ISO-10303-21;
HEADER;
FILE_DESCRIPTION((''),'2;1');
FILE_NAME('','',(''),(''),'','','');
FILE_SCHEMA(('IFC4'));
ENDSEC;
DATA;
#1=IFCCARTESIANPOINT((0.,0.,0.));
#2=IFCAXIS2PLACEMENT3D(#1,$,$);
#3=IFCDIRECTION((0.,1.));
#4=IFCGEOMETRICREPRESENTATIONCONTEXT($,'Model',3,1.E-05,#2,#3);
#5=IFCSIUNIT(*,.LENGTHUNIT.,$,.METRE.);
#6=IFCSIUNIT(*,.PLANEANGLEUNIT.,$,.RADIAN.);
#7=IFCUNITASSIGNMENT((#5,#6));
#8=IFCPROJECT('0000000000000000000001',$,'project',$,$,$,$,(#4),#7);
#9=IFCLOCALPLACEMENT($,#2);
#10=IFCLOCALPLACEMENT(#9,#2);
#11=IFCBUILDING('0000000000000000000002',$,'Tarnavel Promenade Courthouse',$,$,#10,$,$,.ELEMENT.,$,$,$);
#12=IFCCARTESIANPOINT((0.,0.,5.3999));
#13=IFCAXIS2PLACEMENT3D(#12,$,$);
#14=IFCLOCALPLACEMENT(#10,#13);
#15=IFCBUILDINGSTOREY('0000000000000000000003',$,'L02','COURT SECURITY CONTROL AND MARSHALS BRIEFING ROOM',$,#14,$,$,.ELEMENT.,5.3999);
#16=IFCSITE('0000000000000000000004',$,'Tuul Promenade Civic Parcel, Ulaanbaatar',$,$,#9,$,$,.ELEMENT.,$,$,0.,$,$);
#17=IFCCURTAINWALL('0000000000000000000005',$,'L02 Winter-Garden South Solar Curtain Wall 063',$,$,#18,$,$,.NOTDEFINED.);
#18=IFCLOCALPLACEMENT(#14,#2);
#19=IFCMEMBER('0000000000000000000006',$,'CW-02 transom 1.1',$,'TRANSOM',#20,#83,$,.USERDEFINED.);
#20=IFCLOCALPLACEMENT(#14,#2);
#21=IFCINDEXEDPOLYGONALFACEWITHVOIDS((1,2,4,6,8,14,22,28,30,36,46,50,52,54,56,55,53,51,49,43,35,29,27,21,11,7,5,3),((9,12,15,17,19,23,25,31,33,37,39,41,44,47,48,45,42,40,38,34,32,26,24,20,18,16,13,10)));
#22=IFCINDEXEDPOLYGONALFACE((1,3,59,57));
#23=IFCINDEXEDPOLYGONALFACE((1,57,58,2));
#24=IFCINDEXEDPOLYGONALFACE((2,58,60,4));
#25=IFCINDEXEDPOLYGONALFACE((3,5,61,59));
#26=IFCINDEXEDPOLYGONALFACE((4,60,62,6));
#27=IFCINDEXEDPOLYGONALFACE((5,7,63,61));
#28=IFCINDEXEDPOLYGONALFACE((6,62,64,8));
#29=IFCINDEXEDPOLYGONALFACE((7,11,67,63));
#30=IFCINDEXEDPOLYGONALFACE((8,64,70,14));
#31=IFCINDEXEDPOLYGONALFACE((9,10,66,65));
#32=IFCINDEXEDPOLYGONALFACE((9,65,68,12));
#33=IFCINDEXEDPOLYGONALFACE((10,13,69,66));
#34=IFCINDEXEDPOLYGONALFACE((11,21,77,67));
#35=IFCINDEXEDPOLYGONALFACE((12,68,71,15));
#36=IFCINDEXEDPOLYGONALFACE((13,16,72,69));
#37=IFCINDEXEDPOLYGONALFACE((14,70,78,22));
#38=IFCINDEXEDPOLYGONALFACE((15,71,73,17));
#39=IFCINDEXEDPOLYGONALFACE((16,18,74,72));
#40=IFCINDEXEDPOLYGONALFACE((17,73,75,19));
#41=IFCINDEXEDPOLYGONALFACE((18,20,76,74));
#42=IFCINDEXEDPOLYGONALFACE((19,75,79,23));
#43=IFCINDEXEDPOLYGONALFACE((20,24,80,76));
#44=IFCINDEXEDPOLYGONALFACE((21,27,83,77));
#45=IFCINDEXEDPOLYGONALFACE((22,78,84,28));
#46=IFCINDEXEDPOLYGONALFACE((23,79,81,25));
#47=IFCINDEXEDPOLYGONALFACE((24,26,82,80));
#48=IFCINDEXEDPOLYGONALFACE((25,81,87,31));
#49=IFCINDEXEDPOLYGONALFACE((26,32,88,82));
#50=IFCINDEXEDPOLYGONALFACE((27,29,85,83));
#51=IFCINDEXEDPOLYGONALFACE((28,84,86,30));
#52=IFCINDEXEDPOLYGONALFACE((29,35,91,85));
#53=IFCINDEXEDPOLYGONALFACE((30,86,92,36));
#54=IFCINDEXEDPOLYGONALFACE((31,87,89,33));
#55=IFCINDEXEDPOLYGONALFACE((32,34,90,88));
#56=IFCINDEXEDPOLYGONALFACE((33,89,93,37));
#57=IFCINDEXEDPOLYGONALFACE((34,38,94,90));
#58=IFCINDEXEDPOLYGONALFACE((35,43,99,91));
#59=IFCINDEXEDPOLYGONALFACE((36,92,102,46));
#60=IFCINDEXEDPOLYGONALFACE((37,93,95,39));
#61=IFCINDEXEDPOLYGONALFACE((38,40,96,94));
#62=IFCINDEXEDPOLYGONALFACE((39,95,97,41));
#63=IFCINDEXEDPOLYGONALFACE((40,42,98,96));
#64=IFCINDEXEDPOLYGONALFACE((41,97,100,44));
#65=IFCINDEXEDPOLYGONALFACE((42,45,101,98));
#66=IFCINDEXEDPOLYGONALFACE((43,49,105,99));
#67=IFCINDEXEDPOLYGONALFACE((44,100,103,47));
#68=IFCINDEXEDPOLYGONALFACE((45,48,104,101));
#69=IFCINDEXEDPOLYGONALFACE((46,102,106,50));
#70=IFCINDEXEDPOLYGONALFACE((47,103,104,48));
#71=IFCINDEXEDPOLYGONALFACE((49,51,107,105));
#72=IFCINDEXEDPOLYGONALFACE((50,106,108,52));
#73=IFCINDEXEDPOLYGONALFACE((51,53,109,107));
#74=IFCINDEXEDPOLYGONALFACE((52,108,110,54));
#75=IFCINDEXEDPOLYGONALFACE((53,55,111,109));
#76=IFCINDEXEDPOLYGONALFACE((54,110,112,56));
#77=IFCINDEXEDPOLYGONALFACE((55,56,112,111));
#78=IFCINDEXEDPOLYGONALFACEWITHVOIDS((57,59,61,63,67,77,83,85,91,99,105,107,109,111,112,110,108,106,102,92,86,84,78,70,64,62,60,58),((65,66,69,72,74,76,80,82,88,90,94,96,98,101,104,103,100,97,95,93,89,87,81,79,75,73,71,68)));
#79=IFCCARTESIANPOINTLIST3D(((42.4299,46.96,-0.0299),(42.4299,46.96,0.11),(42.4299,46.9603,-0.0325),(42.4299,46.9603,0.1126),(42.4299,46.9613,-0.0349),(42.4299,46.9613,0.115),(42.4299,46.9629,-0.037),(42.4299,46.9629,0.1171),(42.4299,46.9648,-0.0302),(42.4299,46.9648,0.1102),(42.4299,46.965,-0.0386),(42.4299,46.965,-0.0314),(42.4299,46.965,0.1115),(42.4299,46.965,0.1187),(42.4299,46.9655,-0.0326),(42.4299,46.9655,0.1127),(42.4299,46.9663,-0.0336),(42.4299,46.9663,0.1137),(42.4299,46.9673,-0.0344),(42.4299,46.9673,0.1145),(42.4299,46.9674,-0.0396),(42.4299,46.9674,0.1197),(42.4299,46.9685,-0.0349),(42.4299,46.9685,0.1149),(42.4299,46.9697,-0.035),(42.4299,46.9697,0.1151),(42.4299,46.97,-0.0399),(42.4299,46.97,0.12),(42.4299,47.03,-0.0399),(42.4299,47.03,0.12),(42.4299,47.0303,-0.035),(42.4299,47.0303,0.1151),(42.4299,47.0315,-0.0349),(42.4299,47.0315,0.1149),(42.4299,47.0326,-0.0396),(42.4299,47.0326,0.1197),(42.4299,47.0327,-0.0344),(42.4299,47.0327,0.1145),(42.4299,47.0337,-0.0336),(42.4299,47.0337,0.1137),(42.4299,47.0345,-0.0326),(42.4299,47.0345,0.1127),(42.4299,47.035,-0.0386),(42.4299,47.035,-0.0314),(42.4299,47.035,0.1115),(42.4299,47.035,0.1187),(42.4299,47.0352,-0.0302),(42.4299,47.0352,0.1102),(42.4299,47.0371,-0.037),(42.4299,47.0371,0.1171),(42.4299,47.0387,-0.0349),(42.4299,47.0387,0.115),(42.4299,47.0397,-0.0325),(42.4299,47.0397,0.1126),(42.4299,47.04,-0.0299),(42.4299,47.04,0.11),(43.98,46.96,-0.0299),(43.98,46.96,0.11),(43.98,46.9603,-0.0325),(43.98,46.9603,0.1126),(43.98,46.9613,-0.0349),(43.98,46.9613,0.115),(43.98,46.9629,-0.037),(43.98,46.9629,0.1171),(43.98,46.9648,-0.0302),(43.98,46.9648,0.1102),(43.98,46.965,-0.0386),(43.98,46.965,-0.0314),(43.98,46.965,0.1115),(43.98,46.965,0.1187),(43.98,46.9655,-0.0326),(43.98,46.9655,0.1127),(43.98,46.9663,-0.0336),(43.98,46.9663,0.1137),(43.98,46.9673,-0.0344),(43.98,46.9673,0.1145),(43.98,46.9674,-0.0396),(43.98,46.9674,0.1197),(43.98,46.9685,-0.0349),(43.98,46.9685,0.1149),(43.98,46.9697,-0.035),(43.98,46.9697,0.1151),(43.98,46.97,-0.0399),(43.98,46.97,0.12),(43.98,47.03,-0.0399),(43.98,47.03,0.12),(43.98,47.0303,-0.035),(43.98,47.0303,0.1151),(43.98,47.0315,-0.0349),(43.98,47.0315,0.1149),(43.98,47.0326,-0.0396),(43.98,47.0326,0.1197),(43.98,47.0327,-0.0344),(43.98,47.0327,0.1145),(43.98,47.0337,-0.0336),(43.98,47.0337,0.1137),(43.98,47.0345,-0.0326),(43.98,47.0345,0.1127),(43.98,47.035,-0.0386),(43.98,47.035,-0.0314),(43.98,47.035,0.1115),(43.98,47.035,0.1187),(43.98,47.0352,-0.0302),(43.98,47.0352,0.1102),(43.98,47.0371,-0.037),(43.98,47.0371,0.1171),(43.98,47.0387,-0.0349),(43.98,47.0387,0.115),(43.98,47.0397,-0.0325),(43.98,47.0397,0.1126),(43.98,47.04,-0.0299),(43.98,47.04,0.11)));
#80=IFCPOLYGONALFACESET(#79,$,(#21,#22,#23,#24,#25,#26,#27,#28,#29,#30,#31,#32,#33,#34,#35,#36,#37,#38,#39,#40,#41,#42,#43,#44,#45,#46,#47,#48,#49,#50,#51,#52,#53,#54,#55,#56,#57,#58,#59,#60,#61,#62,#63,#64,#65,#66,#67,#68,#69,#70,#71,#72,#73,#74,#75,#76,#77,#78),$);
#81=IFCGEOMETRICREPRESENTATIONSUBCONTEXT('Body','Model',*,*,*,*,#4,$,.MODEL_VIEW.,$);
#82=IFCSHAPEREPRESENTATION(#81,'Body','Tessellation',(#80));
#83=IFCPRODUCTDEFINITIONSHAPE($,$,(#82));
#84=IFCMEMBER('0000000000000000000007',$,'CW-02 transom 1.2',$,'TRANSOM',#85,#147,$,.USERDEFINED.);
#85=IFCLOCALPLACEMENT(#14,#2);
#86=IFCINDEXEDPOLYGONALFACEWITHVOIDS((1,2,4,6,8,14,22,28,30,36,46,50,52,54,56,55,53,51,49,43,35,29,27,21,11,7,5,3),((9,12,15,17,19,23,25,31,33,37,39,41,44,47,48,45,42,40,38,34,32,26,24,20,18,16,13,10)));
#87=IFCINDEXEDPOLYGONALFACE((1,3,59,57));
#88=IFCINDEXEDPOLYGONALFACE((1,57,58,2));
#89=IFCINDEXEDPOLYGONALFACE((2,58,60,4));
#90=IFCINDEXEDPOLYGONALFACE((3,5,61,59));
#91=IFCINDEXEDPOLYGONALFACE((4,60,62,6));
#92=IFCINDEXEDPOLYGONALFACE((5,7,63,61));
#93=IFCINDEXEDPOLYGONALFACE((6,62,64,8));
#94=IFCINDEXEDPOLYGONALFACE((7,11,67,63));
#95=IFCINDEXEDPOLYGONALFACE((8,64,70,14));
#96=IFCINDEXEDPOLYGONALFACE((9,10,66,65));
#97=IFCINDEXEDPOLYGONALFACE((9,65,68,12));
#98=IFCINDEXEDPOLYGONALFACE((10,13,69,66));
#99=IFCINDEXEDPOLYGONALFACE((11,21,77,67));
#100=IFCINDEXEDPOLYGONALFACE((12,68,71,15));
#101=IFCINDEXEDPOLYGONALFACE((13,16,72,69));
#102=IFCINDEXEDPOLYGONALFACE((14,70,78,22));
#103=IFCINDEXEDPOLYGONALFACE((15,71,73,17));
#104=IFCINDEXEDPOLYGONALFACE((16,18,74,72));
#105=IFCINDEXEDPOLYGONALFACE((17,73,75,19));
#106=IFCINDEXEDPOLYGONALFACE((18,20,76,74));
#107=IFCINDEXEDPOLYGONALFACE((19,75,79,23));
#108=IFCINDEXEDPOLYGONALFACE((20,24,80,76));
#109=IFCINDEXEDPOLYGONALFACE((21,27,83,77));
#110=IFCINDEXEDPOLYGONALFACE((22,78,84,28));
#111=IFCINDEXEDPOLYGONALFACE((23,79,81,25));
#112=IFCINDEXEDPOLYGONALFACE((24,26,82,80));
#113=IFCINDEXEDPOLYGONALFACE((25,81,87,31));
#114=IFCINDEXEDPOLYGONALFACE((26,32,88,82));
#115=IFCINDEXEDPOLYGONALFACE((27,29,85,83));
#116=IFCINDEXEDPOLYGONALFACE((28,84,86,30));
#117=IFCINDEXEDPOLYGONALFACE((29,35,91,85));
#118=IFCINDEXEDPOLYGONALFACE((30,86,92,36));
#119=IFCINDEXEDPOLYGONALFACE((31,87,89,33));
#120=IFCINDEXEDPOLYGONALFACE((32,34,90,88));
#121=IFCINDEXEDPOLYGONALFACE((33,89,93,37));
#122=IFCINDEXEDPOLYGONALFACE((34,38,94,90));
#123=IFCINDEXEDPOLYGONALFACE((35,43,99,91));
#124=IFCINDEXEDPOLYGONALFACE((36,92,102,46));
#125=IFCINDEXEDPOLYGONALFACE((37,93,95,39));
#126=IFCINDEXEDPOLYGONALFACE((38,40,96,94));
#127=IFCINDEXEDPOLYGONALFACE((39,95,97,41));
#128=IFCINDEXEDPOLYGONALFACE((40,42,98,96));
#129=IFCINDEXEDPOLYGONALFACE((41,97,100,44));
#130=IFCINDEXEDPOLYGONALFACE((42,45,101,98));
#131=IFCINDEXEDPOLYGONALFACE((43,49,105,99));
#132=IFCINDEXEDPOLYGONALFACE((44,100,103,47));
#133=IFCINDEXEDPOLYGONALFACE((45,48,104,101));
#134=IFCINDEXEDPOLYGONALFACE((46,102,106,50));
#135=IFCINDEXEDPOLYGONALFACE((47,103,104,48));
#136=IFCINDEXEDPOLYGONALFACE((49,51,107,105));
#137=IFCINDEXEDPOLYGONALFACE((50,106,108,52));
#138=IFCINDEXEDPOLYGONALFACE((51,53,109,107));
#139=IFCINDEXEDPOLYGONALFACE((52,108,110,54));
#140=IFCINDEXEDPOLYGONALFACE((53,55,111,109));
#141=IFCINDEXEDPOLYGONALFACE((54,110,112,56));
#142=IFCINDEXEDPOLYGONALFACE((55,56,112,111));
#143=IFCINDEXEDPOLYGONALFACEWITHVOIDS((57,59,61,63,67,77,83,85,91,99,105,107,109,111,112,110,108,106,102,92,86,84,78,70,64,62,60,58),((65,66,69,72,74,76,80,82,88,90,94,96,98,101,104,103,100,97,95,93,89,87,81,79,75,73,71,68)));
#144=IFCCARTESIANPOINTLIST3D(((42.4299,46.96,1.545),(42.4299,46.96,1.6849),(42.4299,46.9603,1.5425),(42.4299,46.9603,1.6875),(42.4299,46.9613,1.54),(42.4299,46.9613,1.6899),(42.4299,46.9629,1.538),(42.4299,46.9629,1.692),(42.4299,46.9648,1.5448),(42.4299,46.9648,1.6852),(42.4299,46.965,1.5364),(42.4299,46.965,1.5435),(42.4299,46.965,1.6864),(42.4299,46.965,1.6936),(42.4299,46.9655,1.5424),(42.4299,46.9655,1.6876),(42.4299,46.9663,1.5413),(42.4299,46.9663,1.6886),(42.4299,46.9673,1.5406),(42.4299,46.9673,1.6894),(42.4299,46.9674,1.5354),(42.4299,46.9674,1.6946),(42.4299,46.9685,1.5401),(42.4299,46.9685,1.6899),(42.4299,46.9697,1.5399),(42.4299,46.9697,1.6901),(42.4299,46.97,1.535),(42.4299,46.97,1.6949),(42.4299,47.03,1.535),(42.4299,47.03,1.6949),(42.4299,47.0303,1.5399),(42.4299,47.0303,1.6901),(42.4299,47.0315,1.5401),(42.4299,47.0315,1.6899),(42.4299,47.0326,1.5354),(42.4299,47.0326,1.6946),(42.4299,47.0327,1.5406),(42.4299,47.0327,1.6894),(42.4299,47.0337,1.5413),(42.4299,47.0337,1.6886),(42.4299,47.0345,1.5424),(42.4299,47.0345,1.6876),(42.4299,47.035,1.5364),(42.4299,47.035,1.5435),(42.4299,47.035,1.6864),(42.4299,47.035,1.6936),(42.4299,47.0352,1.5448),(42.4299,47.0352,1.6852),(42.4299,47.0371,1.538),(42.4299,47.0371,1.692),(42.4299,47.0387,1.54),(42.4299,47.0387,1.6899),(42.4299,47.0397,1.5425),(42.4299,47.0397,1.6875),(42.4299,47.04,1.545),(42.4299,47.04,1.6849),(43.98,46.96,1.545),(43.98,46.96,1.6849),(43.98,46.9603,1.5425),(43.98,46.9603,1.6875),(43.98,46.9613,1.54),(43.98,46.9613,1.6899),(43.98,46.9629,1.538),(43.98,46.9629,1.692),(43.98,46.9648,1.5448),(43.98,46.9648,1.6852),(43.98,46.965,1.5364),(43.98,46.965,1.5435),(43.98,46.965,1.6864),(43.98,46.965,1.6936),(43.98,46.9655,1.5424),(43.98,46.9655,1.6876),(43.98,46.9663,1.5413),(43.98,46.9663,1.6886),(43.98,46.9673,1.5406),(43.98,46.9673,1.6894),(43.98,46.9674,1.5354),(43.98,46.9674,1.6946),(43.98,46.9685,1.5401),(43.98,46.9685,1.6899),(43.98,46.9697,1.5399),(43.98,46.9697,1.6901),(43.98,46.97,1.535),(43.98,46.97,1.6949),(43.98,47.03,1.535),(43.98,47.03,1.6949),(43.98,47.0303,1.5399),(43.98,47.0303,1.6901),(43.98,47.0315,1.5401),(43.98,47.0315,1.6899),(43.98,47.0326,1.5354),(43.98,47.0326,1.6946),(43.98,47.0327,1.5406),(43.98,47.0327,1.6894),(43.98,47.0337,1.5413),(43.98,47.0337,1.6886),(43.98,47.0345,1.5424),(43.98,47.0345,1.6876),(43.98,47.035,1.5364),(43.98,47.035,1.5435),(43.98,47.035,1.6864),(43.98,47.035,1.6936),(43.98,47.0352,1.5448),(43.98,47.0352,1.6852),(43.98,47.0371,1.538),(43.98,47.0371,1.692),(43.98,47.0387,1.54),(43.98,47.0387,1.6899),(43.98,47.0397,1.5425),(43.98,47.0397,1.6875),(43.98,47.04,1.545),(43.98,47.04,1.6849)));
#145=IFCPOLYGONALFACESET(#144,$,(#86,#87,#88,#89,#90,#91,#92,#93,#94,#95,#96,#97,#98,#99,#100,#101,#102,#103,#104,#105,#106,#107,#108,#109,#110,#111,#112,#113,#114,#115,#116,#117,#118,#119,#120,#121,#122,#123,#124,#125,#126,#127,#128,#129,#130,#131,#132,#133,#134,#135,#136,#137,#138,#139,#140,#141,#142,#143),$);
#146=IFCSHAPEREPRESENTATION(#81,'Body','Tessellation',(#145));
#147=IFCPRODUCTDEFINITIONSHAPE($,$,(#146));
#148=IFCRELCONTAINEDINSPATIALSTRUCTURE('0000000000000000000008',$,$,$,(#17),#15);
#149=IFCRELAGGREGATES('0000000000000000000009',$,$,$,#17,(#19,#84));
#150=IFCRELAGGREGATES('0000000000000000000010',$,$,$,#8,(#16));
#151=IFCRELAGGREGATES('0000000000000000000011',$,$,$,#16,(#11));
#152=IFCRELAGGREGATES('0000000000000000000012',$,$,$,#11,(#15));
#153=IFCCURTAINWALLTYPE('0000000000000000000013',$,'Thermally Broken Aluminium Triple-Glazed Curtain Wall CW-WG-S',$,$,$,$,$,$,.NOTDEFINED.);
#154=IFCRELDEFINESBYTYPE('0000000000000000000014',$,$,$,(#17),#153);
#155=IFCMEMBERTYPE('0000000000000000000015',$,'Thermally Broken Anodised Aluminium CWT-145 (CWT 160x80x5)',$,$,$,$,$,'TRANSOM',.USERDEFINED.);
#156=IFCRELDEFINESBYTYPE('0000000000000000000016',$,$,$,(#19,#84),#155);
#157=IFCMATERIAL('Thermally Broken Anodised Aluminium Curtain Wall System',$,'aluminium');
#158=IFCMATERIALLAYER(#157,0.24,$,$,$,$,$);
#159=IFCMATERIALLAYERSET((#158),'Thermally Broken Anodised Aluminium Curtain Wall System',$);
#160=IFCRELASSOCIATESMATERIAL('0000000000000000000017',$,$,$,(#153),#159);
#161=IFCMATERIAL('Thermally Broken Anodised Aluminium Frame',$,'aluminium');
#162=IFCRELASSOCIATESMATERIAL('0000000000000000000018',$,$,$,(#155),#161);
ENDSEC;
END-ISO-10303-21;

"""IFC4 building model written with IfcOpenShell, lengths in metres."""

from ifc_helpers import new_model, si_unit, direction, frame, origin, origin_2d, place, context, subcontext, project, spatial, hollow_rectangle, extrude, material, layer, layer_set, material_profile, profile_set, type_object, element, aggregate, save


model = new_model("IFC4")

# Units and contexts
model_context = context("Model", 3, precision=1e-05, world=origin(), true_north=direction((0.0, 1.0)))
body_context = subcontext(model_context, "Body", "Model", "MODEL_VIEW")
ifc_project = project(units=[si_unit("LENGTHUNIT", "METRE"), si_unit("PLANEANGLEUNIT", "RADIAN")], contexts=[model_context])

# Site, building, storey
site_placement = place(None, origin())
site = spatial("IfcSite", under=ifc_project, at=site_placement, Name="Tuul Promenade Civic Parcel, Ulaanbaatar", CompositionType="ELEMENT", RefElevation=0.0)
building_placement = place(site_placement, origin())
building = spatial("IfcBuilding", under=site, at=building_placement, Name="Tarnavel Promenade Courthouse", CompositionType="ELEMENT")
storey_placement = place(building_placement, frame((0.0, 0.0, 5.3999)))
storey = spatial("IfcBuildingStorey", under=building, at=storey_placement, Name="L02", Description="COURT SECURITY CONTROL AND MARSHALS BRIEFING ROOM", CompositionType="ELEMENT", Elevation=5.3999)

# Curtain wall
ifc_material_1 = material(Name="Thermally Broken Anodised Aluminium Curtain Wall System", Category="aluminium")
ifc_layer_1 = layer(ifc_material_1, 0.24)
ifc_layer_set_1 = layer_set([ifc_layer_1], Name="Thermally Broken Anodised Aluminium Curtain Wall System")
curtain_wall_type = type_object("IfcCurtainWallType", Name="Thermally Broken Aluminium Triple-Glazed Curtain Wall CW-WG-S", PredefinedType="NOTDEFINED", material=ifc_layer_set_1)
ifc_material_2 = material(Name="Thermally Broken Anodised Aluminium Frame", Category="aluminium")
curtain_wall_1_placement = place(storey_placement, origin())
curtain_wall_1 = element("IfcCurtainWall", 1, at=curtain_wall_1_placement, inside=storey, type_object=curtain_wall_type, Name="L02 Winter-Garden South Solar Curtain Wall 063", PredefinedType="NOTDEFINED")

# Members
ifc_material_profile_1 = material_profile(ifc_material_2, hollow_rectangle(XDim=0.0801, YDim=0.1599, WallThickness=0.0049, InnerFilletRadius=0.0049, OuterFilletRadius=0.01, at=origin_2d()), Name="CWT 160x80x5")
ifc_profile_set_1 = profile_set([ifc_material_profile_1], Name="Thermally Broken Anodised Aluminium Frame")
member_type_1 = type_object("IfcMemberType", Name="Thermally Broken Anodised Aluminium CWT-145 (CWT 160x80x5)", ElementType="TRANSOM", PredefinedType="USERDEFINED", material=ifc_profile_set_1)
member_1_placement = place(storey_placement, frame((42.4299, 47.0, 0.04), z_axis=(1.0, 0.0, 0.0), x_axis=(0.0, 1.0, 0.0)))
member_1 = element("IfcMember", 2, at=member_1_placement, type_object=member_type_1, Name="CW-02 transom 1.1", ObjectType="TRANSOM", PredefinedType="USERDEFINED", context=body_context, shape_type="SweptSolid", body=[
    extrude(hollow_rectangle(XDim=0.0801, YDim=0.1599, WallThickness=0.0049, InnerFilletRadius=0.0049, OuterFilletRadius=0.01, at=origin_2d()), origin(), (0.0, 0.0, 1.0), 1.55),
])
member_2_placement = place(storey_placement, frame((42.4299, 47.0, 1.615), z_axis=(1.0, 0.0, 0.0), x_axis=(0.0, 1.0, 0.0)))
member_2 = element("IfcMember", 3, at=member_2_placement, type_object=member_type_1, Name="CW-02 transom 1.2", ObjectType="TRANSOM", PredefinedType="USERDEFINED", context=body_context, shape_type="SweptSolid", body=[
    extrude(hollow_rectangle(XDim=0.0801, YDim=0.1599, WallThickness=0.0049, InnerFilletRadius=0.0049, OuterFilletRadius=0.01, at=origin_2d()), origin(), (0.0, 0.0, 1.0), 1.55),
])

aggregate(curtain_wall_1, [member_1, member_2])

save(model, "model.ifc")
